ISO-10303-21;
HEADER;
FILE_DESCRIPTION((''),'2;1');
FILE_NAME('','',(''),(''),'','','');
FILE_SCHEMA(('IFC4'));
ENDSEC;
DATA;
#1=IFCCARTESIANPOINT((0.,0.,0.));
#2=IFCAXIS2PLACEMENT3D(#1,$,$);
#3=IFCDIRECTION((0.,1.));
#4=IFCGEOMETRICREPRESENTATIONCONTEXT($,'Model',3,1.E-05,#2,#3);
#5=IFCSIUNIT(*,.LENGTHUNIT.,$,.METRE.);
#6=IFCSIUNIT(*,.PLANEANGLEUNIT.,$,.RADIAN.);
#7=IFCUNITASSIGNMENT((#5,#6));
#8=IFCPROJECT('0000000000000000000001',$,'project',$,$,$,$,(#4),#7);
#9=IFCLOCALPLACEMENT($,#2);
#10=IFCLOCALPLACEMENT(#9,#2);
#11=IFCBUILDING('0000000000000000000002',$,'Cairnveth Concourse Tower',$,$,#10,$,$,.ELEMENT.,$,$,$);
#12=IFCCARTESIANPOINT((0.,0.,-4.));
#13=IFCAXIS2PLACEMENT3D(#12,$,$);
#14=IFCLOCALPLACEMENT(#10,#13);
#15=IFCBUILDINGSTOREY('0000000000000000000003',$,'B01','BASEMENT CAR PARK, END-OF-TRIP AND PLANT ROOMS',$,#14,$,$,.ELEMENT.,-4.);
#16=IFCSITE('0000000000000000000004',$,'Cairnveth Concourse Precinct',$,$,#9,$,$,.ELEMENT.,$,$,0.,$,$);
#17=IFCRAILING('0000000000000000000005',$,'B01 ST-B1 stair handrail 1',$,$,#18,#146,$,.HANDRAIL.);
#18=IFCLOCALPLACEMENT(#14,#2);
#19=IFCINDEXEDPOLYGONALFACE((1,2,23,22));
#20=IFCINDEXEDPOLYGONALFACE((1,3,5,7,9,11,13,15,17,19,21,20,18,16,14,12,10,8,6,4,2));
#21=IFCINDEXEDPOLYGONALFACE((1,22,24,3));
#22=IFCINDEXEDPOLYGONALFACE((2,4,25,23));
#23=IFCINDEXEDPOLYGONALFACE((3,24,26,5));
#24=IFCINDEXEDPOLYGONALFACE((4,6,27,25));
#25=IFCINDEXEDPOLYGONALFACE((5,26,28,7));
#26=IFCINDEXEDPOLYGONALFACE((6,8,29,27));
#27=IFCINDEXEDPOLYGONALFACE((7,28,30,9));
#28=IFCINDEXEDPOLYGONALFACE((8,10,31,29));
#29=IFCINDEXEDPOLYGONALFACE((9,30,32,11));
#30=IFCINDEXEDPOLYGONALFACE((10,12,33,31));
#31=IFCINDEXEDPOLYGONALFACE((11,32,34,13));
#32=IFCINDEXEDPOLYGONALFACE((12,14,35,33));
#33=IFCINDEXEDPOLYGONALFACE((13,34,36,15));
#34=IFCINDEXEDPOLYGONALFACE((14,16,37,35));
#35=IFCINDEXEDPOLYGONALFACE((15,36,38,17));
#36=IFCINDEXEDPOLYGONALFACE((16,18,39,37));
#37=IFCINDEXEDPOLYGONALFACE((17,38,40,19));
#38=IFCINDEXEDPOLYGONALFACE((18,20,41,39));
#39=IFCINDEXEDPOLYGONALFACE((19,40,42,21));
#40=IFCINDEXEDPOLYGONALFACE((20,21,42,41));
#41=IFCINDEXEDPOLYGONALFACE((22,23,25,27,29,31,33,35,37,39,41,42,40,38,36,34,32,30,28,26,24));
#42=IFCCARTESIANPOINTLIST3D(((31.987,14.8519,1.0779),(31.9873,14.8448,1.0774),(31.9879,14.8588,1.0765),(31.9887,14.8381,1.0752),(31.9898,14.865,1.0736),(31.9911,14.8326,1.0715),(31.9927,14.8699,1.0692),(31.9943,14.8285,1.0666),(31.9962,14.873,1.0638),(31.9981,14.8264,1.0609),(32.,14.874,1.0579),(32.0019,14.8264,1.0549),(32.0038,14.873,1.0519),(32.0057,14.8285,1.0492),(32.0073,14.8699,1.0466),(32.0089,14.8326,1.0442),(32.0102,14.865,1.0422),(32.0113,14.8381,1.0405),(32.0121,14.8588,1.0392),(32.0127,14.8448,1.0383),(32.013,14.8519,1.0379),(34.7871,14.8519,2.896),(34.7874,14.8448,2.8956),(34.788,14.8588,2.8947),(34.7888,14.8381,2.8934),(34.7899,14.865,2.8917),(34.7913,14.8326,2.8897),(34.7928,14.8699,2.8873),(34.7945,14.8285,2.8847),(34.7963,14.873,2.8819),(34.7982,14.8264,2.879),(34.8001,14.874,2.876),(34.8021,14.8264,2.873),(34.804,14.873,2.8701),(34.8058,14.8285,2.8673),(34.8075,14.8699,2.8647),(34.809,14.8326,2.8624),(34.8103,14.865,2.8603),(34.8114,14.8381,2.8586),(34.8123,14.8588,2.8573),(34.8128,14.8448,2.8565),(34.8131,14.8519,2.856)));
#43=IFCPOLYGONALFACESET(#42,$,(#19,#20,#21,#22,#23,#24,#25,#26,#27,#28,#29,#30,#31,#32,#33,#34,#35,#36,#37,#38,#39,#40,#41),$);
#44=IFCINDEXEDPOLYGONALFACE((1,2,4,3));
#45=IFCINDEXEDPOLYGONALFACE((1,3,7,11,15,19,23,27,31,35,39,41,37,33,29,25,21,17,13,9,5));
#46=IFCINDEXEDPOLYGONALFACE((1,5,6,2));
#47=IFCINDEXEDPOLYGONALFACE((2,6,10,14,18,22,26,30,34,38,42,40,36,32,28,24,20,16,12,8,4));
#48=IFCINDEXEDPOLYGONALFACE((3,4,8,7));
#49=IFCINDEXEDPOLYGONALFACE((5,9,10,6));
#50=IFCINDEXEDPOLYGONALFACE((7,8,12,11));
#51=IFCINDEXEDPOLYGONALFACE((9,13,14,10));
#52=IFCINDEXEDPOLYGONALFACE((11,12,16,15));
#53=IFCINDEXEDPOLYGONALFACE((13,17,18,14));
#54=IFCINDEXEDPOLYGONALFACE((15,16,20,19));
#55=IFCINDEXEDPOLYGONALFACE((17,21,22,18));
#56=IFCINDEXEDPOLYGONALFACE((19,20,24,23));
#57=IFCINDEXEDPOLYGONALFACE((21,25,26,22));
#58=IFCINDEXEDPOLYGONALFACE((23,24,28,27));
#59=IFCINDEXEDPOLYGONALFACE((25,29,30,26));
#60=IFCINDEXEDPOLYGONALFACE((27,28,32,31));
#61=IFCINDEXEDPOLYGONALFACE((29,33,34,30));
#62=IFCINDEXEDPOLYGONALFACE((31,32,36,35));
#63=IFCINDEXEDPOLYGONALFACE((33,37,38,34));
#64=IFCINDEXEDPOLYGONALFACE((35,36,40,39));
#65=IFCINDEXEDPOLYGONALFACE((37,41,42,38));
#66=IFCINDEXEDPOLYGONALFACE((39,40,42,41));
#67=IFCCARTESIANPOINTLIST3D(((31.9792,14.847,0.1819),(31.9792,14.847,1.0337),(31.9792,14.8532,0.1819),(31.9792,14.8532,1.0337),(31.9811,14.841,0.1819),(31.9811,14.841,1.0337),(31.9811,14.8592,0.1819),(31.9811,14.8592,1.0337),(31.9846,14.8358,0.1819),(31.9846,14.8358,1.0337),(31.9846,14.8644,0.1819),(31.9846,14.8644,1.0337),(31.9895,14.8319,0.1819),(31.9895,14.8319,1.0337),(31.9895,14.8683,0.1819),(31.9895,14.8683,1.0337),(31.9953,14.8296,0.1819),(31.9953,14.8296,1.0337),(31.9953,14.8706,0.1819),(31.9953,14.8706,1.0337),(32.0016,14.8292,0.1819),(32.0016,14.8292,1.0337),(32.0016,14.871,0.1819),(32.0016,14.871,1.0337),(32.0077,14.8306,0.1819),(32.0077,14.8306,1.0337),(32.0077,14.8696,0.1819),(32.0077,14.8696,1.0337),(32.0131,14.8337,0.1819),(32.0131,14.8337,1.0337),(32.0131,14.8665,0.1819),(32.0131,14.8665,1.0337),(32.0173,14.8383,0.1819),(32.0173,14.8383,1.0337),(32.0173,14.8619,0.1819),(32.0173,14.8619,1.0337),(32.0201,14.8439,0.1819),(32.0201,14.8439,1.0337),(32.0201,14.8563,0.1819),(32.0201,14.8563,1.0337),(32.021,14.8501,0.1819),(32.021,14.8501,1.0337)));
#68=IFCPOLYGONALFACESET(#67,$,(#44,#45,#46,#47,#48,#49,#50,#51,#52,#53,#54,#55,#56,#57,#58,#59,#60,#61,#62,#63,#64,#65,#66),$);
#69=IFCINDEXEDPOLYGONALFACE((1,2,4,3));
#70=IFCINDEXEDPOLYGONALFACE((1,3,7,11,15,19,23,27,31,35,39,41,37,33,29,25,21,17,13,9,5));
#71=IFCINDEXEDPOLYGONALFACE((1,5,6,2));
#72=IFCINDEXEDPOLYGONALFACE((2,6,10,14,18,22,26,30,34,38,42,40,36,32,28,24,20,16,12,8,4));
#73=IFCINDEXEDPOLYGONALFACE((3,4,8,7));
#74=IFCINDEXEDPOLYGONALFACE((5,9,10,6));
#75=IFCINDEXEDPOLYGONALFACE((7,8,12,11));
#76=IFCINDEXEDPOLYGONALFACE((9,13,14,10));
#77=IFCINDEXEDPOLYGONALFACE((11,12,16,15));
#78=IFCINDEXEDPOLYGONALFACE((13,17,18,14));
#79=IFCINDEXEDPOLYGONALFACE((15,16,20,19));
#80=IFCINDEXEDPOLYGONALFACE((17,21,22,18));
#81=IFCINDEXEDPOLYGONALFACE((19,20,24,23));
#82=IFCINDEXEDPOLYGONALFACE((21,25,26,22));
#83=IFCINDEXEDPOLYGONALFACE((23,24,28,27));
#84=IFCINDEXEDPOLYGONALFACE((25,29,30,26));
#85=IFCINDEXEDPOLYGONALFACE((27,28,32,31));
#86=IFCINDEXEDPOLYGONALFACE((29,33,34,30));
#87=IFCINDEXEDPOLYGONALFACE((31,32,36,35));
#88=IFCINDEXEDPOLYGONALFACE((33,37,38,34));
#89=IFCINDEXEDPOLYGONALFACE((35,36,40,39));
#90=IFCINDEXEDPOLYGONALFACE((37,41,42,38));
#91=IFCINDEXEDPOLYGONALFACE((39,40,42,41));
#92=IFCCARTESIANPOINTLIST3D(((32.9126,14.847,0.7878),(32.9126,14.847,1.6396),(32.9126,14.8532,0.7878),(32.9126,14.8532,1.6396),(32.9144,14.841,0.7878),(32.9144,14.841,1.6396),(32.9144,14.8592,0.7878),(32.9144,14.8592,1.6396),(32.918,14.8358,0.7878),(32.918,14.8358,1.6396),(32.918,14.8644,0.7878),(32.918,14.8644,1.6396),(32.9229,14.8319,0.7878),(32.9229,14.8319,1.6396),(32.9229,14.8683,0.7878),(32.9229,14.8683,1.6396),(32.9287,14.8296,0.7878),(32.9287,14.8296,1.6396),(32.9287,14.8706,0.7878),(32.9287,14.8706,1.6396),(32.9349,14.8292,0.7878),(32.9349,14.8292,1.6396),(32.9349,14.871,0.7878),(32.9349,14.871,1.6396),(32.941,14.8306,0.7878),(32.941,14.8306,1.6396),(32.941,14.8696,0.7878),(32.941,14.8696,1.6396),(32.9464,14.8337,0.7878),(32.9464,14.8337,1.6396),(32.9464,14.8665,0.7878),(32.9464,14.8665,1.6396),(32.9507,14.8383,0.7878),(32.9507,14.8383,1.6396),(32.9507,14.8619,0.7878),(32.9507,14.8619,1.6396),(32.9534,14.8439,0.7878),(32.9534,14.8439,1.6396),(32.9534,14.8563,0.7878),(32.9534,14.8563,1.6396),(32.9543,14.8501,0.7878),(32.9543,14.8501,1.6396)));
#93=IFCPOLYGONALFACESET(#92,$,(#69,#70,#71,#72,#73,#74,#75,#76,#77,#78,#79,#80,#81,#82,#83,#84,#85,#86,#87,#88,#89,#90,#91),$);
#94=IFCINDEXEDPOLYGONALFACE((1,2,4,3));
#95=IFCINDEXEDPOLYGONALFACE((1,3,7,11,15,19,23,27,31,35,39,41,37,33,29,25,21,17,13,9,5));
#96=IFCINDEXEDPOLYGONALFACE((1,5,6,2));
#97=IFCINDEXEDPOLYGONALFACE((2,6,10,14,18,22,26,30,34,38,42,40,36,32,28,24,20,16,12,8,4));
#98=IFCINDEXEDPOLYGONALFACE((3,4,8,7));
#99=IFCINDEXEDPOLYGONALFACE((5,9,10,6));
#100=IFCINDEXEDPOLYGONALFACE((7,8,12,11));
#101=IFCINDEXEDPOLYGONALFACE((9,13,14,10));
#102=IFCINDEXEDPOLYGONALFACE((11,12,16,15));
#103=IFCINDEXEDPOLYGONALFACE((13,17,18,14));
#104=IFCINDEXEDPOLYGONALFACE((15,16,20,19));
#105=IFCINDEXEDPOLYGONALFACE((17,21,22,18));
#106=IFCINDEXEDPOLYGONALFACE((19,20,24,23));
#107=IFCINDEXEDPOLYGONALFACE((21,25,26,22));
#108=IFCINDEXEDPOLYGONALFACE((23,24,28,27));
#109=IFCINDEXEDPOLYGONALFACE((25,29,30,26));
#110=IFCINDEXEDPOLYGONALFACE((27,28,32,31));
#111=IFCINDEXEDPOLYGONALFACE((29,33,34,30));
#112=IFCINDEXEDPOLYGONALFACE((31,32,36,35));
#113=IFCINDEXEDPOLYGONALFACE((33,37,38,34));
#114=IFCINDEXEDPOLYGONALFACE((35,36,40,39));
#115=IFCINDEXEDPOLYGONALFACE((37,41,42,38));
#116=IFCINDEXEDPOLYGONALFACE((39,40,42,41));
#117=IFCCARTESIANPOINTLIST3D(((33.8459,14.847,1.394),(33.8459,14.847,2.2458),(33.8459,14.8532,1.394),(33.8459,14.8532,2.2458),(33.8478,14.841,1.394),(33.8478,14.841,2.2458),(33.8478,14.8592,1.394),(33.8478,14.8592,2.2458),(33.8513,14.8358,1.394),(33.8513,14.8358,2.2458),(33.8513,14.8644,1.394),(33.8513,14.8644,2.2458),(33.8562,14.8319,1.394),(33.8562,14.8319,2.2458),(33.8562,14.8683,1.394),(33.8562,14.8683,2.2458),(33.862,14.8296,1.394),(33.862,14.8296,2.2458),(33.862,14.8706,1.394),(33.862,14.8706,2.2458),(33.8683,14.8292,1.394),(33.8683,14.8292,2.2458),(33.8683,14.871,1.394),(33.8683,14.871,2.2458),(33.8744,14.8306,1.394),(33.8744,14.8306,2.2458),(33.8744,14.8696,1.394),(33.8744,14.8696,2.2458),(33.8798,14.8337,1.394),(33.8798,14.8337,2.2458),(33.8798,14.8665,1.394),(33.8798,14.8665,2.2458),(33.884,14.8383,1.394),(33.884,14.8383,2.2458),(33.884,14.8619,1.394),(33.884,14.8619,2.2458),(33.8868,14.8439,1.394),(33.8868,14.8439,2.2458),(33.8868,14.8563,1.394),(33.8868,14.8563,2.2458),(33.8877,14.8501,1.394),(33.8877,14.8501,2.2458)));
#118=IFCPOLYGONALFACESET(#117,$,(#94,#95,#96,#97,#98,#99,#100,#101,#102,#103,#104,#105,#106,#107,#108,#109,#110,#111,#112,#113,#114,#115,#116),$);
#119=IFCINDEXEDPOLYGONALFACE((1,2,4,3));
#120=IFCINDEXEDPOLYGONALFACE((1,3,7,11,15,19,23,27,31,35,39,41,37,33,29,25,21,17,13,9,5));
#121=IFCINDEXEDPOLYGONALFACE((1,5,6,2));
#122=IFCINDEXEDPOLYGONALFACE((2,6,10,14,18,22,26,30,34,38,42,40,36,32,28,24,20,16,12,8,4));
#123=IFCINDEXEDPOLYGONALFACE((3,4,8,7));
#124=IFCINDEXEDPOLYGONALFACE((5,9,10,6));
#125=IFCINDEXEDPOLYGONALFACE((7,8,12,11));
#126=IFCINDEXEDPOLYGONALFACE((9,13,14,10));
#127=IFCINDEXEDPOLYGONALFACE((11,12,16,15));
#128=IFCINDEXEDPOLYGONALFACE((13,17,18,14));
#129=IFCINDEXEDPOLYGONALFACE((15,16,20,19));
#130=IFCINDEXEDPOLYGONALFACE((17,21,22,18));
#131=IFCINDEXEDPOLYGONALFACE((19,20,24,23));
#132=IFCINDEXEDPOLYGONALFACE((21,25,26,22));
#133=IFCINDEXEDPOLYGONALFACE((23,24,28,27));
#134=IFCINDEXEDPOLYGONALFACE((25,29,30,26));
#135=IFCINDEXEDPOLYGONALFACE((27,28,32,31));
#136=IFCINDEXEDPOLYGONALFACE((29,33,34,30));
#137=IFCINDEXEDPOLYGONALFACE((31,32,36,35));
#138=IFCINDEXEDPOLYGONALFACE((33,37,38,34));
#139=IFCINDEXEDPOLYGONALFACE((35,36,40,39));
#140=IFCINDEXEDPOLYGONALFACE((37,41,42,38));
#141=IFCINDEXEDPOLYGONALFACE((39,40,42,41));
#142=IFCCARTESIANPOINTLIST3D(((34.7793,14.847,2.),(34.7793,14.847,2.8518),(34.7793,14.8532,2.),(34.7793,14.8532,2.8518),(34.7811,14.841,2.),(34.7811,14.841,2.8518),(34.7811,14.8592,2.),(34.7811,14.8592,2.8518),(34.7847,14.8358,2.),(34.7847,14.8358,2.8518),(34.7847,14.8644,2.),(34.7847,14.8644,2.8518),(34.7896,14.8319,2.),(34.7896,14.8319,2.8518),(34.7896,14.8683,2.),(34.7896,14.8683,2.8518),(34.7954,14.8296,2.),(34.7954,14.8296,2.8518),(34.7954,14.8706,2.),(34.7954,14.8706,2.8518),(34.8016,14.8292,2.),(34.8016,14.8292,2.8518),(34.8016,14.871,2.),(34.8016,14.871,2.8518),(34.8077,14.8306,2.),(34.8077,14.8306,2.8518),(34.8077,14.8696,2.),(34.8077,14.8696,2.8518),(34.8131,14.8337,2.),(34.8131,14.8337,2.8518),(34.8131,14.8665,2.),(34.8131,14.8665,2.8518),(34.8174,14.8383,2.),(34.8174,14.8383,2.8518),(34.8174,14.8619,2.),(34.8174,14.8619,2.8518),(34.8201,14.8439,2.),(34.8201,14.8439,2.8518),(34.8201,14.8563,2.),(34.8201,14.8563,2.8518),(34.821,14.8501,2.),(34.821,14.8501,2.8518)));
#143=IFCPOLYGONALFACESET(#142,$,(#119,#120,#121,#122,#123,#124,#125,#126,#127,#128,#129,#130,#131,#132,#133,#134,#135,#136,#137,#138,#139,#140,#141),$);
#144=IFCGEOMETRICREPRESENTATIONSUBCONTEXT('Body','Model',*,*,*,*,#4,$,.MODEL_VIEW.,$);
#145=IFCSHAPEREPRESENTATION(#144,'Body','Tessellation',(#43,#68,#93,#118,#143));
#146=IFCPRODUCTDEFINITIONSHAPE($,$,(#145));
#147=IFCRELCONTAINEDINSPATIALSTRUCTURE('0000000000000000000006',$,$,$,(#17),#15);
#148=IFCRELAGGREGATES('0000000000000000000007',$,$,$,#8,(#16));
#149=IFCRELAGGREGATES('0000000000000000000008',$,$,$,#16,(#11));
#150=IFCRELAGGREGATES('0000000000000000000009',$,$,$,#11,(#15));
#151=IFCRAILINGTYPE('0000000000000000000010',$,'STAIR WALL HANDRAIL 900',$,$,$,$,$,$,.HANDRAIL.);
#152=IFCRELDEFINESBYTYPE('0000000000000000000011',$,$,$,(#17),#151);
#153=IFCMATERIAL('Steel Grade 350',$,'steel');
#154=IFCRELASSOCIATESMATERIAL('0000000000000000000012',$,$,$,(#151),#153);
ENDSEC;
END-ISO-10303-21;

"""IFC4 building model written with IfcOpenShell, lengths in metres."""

from ifc_helpers import new_model, si_unit, direction, frame, origin, origin_2d, place, context, subcontext, project, spatial, circle, extrude, material, type_object, element, save


model = new_model("IFC4")

# Units and contexts
model_context = context("Model", 3, precision=1e-05, world=origin(), true_north=direction((0.0, 1.0)))
body_context = subcontext(model_context, "Body", "Model", "MODEL_VIEW")
ifc_project = project(units=[si_unit("LENGTHUNIT", "METRE"), si_unit("PLANEANGLEUNIT", "RADIAN")], contexts=[model_context])

# Site, building, storey
site_placement = place(None, origin())
site = spatial("IfcSite", under=ifc_project, at=site_placement, Name="Cairnveth Concourse Precinct", CompositionType="ELEMENT", RefElevation=0.0)
building_placement = place(site_placement, origin())
building = spatial("IfcBuilding", under=site, at=building_placement, Name="Cairnveth Concourse Tower", CompositionType="ELEMENT")
storey_placement = place(building_placement, frame((0.0, 0.0, -4.0)))
storey = spatial("IfcBuildingStorey", under=building, at=storey_placement, Name="B01", Description="BASEMENT CAR PARK, END-OF-TRIP AND PLANT ROOMS", CompositionType="ELEMENT", Elevation=-4.0)

# Shared definitions
ifc_material_1 = material(Name="Steel Grade 350", Category="steel")

# Railing
railing_type_1 = type_object("IfcRailingType", Name="STAIR WALL HANDRAIL 900", PredefinedType="HANDRAIL", material=ifc_material_1)
railing_1_placement = place(storey_placement, frame((32.0, 14.8501, 0.1819)))
element("IfcRailing", 1, at=railing_1_placement, inside=storey, type_object=railing_type_1, Name="B01 ST-B1 stair handrail 1", PredefinedType="HANDRAIL", context=body_context, shape_type="SweptSolid", body=[
    extrude(circle(Radius=0.0239, at=origin_2d()), frame((0.0, 0.0, 0.876), z_axis=(0.838706, 0.0, 0.544585), x_axis=(0.0, 1.0, 0.0)), (0.0, 0.0, 1.0), 3.3386),
    extrude(circle(Radius=0.021, at=origin_2d()), origin(), (0.0, 0.0, 1.0), 0.8518),
    extrude(circle(Radius=0.021, at=origin_2d()), frame((0.9333, 0.0, 0.606)), (0.0, 0.0, 1.0), 0.8518),
    extrude(circle(Radius=0.021, at=origin_2d()), frame((1.8667, 0.0, 1.2122)), (0.0, 0.0, 1.0), 0.8518),
    extrude(circle(Radius=0.021, at=origin_2d()), frame((2.8, 0.0, 1.8181)), (0.0, 0.0, 1.0), 0.8518),
])

save(model, "model.ifc")
